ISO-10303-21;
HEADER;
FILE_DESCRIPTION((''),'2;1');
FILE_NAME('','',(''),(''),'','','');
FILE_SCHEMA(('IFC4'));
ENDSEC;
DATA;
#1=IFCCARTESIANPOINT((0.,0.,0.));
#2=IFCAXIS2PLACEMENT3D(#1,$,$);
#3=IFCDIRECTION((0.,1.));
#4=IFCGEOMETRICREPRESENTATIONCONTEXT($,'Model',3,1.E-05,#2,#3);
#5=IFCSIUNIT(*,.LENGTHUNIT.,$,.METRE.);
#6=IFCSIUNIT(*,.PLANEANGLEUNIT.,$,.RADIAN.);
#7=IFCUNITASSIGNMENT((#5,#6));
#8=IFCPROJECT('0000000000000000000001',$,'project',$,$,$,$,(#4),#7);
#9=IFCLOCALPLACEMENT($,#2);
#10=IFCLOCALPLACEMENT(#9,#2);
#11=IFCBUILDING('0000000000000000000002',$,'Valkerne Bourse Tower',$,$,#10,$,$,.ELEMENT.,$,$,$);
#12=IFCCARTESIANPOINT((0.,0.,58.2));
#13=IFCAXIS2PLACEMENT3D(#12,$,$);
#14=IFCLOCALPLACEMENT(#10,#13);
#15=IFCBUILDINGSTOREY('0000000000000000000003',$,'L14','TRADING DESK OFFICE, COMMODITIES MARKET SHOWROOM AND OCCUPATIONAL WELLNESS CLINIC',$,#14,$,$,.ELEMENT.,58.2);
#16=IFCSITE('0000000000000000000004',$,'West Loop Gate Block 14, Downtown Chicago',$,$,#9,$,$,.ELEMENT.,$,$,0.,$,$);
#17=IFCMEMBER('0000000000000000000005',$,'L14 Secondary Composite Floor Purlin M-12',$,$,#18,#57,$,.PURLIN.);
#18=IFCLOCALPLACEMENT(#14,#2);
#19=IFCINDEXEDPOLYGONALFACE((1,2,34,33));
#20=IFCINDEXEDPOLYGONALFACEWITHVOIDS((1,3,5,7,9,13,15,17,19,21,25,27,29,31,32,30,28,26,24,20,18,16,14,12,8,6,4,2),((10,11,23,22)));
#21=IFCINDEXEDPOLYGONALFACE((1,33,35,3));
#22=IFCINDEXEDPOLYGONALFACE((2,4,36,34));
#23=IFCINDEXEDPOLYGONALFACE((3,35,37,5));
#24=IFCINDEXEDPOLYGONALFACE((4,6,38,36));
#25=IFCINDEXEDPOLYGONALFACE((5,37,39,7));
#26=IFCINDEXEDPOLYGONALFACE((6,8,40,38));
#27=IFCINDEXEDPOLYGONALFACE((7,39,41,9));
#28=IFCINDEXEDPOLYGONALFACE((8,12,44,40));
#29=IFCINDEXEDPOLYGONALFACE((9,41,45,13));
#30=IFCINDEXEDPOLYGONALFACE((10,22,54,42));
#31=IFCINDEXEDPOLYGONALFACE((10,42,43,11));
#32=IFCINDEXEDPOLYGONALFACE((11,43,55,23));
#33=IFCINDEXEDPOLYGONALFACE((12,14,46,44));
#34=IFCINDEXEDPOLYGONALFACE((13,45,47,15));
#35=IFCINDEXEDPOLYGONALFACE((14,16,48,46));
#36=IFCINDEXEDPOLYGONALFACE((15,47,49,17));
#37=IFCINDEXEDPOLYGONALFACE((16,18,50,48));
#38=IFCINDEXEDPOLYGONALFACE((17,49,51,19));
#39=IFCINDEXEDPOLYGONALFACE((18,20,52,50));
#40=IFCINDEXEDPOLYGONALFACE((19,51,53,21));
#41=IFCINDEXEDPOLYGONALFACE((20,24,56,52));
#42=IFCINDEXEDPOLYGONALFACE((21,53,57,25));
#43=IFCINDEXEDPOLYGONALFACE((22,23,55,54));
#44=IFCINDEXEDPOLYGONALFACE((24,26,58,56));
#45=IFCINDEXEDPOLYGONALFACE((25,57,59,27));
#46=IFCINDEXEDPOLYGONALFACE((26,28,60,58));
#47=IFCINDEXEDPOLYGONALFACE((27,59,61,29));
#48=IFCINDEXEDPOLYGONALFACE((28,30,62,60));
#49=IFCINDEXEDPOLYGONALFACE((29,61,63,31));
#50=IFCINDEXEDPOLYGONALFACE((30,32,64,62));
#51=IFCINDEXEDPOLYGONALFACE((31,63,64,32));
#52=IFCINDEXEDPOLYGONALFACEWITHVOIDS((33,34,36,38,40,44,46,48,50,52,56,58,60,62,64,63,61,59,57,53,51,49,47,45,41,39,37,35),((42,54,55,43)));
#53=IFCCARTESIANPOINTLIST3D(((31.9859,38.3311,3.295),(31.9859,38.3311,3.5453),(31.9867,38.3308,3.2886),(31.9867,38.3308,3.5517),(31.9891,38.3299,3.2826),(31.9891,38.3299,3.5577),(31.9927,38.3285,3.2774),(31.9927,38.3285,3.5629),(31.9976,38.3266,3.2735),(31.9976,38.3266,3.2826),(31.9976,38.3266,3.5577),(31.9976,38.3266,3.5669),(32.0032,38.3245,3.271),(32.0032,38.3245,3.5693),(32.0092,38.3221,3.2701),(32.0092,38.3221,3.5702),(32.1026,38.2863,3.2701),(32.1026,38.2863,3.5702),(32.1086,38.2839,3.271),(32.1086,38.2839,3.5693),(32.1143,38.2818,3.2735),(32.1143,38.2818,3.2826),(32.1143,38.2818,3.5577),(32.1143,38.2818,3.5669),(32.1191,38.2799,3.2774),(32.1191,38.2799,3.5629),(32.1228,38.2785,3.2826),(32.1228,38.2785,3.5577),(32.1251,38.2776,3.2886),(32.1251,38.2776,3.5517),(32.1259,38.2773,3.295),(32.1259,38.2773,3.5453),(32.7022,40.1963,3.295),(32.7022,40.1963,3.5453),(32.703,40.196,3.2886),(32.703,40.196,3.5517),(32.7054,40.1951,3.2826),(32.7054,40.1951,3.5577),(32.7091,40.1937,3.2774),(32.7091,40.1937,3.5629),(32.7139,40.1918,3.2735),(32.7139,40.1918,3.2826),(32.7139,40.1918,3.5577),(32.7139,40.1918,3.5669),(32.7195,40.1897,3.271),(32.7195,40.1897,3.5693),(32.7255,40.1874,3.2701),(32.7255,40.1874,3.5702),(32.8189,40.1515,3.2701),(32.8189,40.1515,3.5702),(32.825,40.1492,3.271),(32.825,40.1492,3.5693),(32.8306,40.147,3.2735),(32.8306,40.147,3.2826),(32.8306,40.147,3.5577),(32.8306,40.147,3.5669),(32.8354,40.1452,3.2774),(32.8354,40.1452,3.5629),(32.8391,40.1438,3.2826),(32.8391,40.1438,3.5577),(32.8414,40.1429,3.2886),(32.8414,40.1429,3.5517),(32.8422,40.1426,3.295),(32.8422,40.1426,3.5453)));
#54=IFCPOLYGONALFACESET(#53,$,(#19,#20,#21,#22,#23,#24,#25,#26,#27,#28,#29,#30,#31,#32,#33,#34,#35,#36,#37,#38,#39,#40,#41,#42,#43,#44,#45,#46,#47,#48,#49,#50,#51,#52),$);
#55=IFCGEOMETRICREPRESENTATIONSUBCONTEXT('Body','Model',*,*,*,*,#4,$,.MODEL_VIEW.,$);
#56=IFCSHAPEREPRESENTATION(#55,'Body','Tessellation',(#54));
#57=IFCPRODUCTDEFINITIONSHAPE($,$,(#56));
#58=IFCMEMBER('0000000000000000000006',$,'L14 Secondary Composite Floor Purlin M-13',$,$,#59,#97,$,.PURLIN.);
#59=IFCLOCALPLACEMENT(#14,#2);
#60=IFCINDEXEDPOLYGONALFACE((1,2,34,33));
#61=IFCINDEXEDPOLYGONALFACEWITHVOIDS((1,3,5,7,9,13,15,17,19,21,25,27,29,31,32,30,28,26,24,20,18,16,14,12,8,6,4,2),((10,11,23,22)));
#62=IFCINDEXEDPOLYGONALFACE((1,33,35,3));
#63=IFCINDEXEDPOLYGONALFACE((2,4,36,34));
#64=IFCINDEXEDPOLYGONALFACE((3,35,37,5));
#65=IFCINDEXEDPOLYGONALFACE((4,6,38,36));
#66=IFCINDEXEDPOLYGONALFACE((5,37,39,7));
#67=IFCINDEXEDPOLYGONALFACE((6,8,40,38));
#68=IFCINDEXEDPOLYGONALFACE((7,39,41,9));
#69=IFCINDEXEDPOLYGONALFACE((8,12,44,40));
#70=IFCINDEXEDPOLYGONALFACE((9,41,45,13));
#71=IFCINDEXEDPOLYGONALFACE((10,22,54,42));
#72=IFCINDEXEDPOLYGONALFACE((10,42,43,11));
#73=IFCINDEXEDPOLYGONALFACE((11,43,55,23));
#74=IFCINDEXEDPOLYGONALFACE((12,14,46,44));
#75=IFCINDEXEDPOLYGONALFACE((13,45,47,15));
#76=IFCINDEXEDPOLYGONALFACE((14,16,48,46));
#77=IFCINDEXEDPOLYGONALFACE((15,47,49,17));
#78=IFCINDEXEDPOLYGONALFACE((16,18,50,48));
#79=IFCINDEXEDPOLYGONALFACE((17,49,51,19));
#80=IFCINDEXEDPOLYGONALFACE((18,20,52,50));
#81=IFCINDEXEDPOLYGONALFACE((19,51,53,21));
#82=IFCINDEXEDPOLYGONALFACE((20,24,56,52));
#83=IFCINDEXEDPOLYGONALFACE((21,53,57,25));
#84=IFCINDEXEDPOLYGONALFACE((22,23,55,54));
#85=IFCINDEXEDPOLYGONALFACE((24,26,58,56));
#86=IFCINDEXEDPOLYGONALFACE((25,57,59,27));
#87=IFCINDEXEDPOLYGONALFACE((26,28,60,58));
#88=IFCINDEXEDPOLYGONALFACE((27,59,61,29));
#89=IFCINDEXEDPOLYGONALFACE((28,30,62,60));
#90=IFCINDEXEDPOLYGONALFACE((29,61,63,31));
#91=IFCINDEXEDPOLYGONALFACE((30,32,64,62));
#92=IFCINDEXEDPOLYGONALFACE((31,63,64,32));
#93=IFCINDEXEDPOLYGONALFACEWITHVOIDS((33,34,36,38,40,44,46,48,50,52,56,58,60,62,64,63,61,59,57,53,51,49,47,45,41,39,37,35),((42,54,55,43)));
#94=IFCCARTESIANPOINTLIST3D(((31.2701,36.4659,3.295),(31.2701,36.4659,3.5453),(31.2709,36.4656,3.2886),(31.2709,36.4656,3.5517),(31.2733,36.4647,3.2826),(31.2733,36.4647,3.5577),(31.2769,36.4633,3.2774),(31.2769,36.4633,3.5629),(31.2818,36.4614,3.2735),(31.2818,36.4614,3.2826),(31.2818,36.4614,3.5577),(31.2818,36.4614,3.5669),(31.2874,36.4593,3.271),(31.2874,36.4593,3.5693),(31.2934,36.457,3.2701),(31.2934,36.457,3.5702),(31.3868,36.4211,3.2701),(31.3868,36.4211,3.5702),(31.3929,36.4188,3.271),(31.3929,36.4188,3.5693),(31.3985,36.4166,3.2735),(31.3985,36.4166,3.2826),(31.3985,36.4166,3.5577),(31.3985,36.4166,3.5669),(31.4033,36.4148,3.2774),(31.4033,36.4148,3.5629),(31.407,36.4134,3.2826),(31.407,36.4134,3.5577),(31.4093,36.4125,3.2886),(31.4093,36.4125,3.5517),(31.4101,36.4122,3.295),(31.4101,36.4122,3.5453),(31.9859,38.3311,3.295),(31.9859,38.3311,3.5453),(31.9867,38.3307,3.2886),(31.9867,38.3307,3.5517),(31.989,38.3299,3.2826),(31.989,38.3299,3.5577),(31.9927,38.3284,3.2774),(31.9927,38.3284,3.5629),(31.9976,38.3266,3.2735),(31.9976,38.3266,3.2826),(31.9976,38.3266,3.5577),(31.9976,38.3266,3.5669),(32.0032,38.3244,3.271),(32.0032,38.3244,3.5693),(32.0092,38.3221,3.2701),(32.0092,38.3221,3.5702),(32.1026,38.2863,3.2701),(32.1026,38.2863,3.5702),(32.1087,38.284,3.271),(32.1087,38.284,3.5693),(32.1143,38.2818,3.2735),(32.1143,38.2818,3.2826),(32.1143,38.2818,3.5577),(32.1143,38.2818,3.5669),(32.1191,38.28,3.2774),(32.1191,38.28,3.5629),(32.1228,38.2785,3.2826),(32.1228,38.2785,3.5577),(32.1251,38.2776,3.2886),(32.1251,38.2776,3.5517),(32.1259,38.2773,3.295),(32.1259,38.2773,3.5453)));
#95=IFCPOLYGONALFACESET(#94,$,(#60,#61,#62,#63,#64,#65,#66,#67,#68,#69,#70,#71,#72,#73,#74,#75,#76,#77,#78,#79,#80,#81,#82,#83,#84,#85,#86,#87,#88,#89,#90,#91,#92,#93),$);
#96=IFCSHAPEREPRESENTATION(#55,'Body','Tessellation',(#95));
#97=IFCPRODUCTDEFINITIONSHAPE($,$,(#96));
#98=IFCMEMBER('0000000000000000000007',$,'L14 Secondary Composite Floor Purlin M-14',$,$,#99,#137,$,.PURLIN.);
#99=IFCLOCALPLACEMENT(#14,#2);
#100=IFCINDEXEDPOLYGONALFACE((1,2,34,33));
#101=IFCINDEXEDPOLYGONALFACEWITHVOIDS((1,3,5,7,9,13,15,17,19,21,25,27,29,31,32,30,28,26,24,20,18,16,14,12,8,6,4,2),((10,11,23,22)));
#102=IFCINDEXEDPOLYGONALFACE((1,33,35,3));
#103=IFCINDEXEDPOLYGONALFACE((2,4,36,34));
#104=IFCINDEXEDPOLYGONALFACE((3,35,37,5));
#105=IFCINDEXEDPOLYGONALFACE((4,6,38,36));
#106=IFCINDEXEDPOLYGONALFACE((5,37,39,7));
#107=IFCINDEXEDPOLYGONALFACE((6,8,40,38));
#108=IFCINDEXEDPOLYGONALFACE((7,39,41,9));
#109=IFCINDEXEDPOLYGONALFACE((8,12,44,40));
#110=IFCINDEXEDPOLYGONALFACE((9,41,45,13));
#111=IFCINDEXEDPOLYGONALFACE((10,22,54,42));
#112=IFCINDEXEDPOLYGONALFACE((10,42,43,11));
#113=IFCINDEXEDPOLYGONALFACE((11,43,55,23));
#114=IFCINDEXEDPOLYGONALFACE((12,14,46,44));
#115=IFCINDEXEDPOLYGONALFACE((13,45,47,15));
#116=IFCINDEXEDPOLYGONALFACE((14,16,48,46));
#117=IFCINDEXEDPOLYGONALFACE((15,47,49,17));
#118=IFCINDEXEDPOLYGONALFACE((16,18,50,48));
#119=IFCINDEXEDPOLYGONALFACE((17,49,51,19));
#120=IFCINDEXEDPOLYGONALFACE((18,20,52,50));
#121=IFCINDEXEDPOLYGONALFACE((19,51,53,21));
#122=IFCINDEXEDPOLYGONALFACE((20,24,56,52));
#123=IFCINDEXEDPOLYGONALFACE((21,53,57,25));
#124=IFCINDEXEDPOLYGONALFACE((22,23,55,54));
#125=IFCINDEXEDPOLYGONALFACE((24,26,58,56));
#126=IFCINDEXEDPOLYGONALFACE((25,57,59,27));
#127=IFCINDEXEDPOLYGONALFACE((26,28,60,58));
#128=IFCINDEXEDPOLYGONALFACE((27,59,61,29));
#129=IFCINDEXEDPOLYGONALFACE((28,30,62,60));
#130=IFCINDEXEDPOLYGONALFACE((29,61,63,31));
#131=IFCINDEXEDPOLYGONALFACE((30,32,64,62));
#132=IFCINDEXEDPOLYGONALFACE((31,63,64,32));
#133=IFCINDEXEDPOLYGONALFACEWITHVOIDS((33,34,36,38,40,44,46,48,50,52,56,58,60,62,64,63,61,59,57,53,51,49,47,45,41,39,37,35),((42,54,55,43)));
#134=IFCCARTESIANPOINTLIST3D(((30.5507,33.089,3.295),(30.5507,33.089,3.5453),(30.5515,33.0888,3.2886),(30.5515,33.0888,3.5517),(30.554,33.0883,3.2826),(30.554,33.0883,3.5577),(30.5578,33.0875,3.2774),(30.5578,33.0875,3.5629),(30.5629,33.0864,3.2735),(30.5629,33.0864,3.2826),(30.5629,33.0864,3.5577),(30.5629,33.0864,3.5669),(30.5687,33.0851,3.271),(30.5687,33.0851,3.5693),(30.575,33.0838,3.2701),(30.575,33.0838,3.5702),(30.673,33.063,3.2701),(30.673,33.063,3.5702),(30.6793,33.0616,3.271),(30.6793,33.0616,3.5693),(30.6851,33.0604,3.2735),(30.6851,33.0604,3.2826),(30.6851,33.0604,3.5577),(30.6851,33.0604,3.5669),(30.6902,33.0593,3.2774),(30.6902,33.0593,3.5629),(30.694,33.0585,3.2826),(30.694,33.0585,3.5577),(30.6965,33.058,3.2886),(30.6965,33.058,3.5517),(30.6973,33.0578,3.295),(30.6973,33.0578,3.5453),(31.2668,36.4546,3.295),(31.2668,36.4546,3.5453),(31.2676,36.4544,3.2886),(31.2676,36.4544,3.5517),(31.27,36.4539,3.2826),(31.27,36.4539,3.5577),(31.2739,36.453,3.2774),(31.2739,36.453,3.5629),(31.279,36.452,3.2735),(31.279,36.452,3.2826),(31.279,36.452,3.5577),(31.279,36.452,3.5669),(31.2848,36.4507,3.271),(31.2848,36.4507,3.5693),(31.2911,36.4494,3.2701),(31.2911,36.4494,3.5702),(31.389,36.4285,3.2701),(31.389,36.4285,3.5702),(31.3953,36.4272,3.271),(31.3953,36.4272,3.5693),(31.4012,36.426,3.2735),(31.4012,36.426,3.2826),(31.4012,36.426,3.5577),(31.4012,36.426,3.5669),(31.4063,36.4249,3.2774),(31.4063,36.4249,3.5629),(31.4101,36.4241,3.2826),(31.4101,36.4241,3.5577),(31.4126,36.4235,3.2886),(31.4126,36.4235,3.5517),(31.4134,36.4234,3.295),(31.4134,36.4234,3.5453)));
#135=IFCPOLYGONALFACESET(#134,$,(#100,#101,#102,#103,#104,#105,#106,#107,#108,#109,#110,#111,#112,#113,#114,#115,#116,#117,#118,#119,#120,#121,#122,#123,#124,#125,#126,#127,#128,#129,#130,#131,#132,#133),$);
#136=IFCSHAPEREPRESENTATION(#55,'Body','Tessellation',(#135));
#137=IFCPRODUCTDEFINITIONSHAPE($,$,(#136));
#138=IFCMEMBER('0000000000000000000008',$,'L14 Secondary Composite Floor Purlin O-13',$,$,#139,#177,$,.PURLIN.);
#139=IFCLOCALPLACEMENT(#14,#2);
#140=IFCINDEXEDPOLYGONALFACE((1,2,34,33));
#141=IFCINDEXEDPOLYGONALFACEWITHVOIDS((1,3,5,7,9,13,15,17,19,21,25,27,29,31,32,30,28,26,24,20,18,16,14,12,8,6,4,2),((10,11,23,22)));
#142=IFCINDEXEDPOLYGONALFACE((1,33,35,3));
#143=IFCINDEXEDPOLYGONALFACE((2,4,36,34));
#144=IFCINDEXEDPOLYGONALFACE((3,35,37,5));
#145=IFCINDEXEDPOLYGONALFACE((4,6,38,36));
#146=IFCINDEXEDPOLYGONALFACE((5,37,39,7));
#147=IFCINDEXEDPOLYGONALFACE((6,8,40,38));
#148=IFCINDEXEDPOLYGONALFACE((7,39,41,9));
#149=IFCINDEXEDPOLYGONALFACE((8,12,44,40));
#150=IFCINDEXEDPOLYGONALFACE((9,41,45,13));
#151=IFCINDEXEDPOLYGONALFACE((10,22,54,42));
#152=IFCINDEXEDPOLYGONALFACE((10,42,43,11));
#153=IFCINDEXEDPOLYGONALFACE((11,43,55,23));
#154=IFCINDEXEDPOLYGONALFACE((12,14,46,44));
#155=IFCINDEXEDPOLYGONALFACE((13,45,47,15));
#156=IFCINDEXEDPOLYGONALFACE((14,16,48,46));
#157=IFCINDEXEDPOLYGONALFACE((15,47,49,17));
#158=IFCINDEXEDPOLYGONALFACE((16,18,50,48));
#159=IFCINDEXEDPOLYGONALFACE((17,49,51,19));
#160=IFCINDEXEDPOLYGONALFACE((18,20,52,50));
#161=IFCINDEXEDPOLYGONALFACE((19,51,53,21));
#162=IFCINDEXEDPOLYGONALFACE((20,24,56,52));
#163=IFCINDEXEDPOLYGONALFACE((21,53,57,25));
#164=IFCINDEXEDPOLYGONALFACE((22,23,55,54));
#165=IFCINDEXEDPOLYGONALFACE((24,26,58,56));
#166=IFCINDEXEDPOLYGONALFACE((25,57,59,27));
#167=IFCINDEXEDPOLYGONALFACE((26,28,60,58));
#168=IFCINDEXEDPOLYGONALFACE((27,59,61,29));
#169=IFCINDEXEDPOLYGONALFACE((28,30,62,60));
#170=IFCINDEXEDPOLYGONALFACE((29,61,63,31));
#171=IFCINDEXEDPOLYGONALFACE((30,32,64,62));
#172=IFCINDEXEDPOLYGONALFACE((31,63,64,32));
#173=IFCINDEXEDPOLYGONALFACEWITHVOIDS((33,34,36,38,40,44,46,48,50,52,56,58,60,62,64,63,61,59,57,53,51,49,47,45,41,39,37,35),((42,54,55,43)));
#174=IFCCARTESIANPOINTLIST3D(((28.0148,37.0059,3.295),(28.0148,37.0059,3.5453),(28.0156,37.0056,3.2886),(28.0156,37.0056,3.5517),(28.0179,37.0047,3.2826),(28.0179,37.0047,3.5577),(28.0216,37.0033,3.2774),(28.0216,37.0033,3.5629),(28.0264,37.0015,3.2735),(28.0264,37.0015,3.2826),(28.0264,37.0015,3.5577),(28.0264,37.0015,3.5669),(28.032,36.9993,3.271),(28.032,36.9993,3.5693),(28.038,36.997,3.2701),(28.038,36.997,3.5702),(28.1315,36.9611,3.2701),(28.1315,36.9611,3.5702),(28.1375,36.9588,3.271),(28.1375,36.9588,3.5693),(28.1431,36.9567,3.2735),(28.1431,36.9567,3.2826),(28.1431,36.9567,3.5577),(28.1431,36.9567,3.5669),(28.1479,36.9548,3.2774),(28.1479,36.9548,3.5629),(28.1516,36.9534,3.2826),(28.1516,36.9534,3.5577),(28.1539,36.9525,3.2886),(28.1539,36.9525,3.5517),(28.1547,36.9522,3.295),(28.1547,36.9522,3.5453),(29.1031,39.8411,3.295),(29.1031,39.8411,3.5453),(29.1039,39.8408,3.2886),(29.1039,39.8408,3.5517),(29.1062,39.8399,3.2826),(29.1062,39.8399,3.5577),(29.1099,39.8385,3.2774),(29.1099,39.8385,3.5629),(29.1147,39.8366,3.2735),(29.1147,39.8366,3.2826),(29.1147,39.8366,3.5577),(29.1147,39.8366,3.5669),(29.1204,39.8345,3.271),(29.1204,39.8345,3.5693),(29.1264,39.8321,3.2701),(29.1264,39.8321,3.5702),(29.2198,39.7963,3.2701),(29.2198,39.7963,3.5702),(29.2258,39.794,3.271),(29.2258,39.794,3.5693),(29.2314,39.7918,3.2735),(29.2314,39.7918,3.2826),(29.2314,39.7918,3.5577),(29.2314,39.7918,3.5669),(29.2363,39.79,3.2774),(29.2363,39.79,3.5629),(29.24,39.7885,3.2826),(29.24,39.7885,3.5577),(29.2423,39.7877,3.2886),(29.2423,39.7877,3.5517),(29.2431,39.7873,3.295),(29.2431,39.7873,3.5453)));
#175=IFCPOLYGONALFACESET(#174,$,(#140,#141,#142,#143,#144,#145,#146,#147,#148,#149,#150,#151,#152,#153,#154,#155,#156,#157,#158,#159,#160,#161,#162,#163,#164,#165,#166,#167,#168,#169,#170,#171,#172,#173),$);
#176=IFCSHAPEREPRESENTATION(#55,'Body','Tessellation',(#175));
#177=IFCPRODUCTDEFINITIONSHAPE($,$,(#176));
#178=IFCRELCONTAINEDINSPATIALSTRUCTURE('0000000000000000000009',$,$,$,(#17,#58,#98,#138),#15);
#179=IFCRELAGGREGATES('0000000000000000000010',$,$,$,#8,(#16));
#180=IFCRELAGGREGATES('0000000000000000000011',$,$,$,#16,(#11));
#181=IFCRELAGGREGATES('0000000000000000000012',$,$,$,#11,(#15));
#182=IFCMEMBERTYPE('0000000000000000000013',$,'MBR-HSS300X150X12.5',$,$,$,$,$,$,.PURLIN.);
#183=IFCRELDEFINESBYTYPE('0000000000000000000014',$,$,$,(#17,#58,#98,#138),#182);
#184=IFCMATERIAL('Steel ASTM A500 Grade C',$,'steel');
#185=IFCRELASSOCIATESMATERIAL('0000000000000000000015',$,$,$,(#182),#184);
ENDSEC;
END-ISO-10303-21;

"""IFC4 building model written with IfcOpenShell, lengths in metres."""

from ifc_helpers import new_model, si_unit, direction, frame, origin, origin_2d, place, context, subcontext, project, spatial, hollow_rectangle, extrude, material, material_profile, profile_set, type_object, element, save


model = new_model("IFC4")

# Units and contexts
model_context = context("Model", 3, precision=1e-05, world=origin(), true_north=direction((0.0, 1.0)))
body_context = subcontext(model_context, "Body", "Model", "MODEL_VIEW")
ifc_project = project(units=[si_unit("LENGTHUNIT", "METRE"), si_unit("PLANEANGLEUNIT", "RADIAN")], contexts=[model_context])

# Site, building, storey
site_placement = place(None, origin())
site = spatial("IfcSite", under=ifc_project, at=site_placement, Name="West Loop Gate Block 14, Downtown Chicago", CompositionType="ELEMENT", RefElevation=0.0)
building_placement = place(site_placement, origin())
building = spatial("IfcBuilding", under=site, at=building_placement, Name="Valkerne Bourse Tower", CompositionType="ELEMENT")
storey_placement = place(building_placement, frame((0.0, 0.0, 58.2)))
storey = spatial("IfcBuildingStorey", under=building, at=storey_placement, Name="L14", Description="TRADING DESK OFFICE, COMMODITIES MARKET SHOWROOM AND OCCUPATIONAL WELLNESS CLINIC", CompositionType="ELEMENT", Elevation=58.2)

# Members
ifc_material_1 = material(Name="Steel ASTM A500 Grade C", Category="steel")
ifc_material_profile_1 = material_profile(ifc_material_1, hollow_rectangle(XDim=0.1499, YDim=0.3, WallThickness=0.0125, OuterFilletRadius=0.0249, at=origin_2d()), Name="HSS300X150X12.5")
ifc_profile_set_1 = profile_set([ifc_material_profile_1], Name="Steel ASTM A500 Grade C")
member_type_1 = type_object("IfcMemberType", Name="MBR-HSS300X150X12.5", PredefinedType="PURLIN", material=ifc_profile_set_1)
member_1_placement = place(storey_placement, frame((32.7722, 40.1694, 3.4202), z_axis=(-0.358504, -0.933528, 0.0), x_axis=(0.933528, -0.358504, 0.0)))
element("IfcMember", 1, at=member_1_placement, inside=storey, type_object=member_type_1, Name="L14 Secondary Composite Floor Purlin M-12", PredefinedType="PURLIN", context=body_context, shape_type="SweptSolid", body=[
    extrude(hollow_rectangle(XDim=0.1499, YDim=0.3, WallThickness=0.0125, OuterFilletRadius=0.0249, at=origin_2d()), origin(), (0.0, 0.0, 1.0), 1.998),
])
member_2_placement = place(storey_placement, frame((32.0559, 38.3042, 3.4202), z_axis=(-0.358291, -0.93361, 0.0), x_axis=(0.93361, -0.358291, 0.0)))
element("IfcMember", 2, at=member_2_placement, inside=storey, type_object=member_type_1, Name="L14 Secondary Composite Floor Purlin M-13", PredefinedType="PURLIN", context=body_context, shape_type="SweptSolid", body=[
    extrude(hollow_rectangle(XDim=0.1499, YDim=0.3, WallThickness=0.0125, OuterFilletRadius=0.0249, at=origin_2d()), origin(), (0.0, 0.0, 1.0), 1.9978),
])
member_3_placement = place(storey_placement, frame((31.3401, 36.439, 3.4202), z_axis=(-0.208109, -0.978106, 0.0), x_axis=(0.978106, -0.208109, 0.0)))
element("IfcMember", 3, at=member_3_placement, inside=storey, type_object=member_type_1, Name="L14 Secondary Composite Floor Purlin M-14", PredefinedType="PURLIN", context=body_context, shape_type="SweptSolid", body=[
    extrude(hollow_rectangle(XDim=0.1499, YDim=0.3, WallThickness=0.0125, OuterFilletRadius=0.0249, at=origin_2d()), origin(), (0.0, 0.0, 1.0), 3.4409),
])
member_4_placement = place(storey_placement, frame((29.1731, 39.8142, 3.4202), z_axis=(-0.358381, -0.933575, 0.0), x_axis=(0.933575, -0.358381, 0.0)))
element("IfcMember", 4, at=member_4_placement, inside=storey, type_object=member_type_1, Name="L14 Secondary Composite Floor Purlin O-13", PredefinedType="PURLIN", context=body_context, shape_type="SweptSolid", body=[
    extrude(hollow_rectangle(XDim=0.1499, YDim=0.3, WallThickness=0.0125, OuterFilletRadius=0.0249, at=origin_2d()), origin(), (0.0, 0.0, 1.0), 3.0369),
])

save(model, "model.ifc")
